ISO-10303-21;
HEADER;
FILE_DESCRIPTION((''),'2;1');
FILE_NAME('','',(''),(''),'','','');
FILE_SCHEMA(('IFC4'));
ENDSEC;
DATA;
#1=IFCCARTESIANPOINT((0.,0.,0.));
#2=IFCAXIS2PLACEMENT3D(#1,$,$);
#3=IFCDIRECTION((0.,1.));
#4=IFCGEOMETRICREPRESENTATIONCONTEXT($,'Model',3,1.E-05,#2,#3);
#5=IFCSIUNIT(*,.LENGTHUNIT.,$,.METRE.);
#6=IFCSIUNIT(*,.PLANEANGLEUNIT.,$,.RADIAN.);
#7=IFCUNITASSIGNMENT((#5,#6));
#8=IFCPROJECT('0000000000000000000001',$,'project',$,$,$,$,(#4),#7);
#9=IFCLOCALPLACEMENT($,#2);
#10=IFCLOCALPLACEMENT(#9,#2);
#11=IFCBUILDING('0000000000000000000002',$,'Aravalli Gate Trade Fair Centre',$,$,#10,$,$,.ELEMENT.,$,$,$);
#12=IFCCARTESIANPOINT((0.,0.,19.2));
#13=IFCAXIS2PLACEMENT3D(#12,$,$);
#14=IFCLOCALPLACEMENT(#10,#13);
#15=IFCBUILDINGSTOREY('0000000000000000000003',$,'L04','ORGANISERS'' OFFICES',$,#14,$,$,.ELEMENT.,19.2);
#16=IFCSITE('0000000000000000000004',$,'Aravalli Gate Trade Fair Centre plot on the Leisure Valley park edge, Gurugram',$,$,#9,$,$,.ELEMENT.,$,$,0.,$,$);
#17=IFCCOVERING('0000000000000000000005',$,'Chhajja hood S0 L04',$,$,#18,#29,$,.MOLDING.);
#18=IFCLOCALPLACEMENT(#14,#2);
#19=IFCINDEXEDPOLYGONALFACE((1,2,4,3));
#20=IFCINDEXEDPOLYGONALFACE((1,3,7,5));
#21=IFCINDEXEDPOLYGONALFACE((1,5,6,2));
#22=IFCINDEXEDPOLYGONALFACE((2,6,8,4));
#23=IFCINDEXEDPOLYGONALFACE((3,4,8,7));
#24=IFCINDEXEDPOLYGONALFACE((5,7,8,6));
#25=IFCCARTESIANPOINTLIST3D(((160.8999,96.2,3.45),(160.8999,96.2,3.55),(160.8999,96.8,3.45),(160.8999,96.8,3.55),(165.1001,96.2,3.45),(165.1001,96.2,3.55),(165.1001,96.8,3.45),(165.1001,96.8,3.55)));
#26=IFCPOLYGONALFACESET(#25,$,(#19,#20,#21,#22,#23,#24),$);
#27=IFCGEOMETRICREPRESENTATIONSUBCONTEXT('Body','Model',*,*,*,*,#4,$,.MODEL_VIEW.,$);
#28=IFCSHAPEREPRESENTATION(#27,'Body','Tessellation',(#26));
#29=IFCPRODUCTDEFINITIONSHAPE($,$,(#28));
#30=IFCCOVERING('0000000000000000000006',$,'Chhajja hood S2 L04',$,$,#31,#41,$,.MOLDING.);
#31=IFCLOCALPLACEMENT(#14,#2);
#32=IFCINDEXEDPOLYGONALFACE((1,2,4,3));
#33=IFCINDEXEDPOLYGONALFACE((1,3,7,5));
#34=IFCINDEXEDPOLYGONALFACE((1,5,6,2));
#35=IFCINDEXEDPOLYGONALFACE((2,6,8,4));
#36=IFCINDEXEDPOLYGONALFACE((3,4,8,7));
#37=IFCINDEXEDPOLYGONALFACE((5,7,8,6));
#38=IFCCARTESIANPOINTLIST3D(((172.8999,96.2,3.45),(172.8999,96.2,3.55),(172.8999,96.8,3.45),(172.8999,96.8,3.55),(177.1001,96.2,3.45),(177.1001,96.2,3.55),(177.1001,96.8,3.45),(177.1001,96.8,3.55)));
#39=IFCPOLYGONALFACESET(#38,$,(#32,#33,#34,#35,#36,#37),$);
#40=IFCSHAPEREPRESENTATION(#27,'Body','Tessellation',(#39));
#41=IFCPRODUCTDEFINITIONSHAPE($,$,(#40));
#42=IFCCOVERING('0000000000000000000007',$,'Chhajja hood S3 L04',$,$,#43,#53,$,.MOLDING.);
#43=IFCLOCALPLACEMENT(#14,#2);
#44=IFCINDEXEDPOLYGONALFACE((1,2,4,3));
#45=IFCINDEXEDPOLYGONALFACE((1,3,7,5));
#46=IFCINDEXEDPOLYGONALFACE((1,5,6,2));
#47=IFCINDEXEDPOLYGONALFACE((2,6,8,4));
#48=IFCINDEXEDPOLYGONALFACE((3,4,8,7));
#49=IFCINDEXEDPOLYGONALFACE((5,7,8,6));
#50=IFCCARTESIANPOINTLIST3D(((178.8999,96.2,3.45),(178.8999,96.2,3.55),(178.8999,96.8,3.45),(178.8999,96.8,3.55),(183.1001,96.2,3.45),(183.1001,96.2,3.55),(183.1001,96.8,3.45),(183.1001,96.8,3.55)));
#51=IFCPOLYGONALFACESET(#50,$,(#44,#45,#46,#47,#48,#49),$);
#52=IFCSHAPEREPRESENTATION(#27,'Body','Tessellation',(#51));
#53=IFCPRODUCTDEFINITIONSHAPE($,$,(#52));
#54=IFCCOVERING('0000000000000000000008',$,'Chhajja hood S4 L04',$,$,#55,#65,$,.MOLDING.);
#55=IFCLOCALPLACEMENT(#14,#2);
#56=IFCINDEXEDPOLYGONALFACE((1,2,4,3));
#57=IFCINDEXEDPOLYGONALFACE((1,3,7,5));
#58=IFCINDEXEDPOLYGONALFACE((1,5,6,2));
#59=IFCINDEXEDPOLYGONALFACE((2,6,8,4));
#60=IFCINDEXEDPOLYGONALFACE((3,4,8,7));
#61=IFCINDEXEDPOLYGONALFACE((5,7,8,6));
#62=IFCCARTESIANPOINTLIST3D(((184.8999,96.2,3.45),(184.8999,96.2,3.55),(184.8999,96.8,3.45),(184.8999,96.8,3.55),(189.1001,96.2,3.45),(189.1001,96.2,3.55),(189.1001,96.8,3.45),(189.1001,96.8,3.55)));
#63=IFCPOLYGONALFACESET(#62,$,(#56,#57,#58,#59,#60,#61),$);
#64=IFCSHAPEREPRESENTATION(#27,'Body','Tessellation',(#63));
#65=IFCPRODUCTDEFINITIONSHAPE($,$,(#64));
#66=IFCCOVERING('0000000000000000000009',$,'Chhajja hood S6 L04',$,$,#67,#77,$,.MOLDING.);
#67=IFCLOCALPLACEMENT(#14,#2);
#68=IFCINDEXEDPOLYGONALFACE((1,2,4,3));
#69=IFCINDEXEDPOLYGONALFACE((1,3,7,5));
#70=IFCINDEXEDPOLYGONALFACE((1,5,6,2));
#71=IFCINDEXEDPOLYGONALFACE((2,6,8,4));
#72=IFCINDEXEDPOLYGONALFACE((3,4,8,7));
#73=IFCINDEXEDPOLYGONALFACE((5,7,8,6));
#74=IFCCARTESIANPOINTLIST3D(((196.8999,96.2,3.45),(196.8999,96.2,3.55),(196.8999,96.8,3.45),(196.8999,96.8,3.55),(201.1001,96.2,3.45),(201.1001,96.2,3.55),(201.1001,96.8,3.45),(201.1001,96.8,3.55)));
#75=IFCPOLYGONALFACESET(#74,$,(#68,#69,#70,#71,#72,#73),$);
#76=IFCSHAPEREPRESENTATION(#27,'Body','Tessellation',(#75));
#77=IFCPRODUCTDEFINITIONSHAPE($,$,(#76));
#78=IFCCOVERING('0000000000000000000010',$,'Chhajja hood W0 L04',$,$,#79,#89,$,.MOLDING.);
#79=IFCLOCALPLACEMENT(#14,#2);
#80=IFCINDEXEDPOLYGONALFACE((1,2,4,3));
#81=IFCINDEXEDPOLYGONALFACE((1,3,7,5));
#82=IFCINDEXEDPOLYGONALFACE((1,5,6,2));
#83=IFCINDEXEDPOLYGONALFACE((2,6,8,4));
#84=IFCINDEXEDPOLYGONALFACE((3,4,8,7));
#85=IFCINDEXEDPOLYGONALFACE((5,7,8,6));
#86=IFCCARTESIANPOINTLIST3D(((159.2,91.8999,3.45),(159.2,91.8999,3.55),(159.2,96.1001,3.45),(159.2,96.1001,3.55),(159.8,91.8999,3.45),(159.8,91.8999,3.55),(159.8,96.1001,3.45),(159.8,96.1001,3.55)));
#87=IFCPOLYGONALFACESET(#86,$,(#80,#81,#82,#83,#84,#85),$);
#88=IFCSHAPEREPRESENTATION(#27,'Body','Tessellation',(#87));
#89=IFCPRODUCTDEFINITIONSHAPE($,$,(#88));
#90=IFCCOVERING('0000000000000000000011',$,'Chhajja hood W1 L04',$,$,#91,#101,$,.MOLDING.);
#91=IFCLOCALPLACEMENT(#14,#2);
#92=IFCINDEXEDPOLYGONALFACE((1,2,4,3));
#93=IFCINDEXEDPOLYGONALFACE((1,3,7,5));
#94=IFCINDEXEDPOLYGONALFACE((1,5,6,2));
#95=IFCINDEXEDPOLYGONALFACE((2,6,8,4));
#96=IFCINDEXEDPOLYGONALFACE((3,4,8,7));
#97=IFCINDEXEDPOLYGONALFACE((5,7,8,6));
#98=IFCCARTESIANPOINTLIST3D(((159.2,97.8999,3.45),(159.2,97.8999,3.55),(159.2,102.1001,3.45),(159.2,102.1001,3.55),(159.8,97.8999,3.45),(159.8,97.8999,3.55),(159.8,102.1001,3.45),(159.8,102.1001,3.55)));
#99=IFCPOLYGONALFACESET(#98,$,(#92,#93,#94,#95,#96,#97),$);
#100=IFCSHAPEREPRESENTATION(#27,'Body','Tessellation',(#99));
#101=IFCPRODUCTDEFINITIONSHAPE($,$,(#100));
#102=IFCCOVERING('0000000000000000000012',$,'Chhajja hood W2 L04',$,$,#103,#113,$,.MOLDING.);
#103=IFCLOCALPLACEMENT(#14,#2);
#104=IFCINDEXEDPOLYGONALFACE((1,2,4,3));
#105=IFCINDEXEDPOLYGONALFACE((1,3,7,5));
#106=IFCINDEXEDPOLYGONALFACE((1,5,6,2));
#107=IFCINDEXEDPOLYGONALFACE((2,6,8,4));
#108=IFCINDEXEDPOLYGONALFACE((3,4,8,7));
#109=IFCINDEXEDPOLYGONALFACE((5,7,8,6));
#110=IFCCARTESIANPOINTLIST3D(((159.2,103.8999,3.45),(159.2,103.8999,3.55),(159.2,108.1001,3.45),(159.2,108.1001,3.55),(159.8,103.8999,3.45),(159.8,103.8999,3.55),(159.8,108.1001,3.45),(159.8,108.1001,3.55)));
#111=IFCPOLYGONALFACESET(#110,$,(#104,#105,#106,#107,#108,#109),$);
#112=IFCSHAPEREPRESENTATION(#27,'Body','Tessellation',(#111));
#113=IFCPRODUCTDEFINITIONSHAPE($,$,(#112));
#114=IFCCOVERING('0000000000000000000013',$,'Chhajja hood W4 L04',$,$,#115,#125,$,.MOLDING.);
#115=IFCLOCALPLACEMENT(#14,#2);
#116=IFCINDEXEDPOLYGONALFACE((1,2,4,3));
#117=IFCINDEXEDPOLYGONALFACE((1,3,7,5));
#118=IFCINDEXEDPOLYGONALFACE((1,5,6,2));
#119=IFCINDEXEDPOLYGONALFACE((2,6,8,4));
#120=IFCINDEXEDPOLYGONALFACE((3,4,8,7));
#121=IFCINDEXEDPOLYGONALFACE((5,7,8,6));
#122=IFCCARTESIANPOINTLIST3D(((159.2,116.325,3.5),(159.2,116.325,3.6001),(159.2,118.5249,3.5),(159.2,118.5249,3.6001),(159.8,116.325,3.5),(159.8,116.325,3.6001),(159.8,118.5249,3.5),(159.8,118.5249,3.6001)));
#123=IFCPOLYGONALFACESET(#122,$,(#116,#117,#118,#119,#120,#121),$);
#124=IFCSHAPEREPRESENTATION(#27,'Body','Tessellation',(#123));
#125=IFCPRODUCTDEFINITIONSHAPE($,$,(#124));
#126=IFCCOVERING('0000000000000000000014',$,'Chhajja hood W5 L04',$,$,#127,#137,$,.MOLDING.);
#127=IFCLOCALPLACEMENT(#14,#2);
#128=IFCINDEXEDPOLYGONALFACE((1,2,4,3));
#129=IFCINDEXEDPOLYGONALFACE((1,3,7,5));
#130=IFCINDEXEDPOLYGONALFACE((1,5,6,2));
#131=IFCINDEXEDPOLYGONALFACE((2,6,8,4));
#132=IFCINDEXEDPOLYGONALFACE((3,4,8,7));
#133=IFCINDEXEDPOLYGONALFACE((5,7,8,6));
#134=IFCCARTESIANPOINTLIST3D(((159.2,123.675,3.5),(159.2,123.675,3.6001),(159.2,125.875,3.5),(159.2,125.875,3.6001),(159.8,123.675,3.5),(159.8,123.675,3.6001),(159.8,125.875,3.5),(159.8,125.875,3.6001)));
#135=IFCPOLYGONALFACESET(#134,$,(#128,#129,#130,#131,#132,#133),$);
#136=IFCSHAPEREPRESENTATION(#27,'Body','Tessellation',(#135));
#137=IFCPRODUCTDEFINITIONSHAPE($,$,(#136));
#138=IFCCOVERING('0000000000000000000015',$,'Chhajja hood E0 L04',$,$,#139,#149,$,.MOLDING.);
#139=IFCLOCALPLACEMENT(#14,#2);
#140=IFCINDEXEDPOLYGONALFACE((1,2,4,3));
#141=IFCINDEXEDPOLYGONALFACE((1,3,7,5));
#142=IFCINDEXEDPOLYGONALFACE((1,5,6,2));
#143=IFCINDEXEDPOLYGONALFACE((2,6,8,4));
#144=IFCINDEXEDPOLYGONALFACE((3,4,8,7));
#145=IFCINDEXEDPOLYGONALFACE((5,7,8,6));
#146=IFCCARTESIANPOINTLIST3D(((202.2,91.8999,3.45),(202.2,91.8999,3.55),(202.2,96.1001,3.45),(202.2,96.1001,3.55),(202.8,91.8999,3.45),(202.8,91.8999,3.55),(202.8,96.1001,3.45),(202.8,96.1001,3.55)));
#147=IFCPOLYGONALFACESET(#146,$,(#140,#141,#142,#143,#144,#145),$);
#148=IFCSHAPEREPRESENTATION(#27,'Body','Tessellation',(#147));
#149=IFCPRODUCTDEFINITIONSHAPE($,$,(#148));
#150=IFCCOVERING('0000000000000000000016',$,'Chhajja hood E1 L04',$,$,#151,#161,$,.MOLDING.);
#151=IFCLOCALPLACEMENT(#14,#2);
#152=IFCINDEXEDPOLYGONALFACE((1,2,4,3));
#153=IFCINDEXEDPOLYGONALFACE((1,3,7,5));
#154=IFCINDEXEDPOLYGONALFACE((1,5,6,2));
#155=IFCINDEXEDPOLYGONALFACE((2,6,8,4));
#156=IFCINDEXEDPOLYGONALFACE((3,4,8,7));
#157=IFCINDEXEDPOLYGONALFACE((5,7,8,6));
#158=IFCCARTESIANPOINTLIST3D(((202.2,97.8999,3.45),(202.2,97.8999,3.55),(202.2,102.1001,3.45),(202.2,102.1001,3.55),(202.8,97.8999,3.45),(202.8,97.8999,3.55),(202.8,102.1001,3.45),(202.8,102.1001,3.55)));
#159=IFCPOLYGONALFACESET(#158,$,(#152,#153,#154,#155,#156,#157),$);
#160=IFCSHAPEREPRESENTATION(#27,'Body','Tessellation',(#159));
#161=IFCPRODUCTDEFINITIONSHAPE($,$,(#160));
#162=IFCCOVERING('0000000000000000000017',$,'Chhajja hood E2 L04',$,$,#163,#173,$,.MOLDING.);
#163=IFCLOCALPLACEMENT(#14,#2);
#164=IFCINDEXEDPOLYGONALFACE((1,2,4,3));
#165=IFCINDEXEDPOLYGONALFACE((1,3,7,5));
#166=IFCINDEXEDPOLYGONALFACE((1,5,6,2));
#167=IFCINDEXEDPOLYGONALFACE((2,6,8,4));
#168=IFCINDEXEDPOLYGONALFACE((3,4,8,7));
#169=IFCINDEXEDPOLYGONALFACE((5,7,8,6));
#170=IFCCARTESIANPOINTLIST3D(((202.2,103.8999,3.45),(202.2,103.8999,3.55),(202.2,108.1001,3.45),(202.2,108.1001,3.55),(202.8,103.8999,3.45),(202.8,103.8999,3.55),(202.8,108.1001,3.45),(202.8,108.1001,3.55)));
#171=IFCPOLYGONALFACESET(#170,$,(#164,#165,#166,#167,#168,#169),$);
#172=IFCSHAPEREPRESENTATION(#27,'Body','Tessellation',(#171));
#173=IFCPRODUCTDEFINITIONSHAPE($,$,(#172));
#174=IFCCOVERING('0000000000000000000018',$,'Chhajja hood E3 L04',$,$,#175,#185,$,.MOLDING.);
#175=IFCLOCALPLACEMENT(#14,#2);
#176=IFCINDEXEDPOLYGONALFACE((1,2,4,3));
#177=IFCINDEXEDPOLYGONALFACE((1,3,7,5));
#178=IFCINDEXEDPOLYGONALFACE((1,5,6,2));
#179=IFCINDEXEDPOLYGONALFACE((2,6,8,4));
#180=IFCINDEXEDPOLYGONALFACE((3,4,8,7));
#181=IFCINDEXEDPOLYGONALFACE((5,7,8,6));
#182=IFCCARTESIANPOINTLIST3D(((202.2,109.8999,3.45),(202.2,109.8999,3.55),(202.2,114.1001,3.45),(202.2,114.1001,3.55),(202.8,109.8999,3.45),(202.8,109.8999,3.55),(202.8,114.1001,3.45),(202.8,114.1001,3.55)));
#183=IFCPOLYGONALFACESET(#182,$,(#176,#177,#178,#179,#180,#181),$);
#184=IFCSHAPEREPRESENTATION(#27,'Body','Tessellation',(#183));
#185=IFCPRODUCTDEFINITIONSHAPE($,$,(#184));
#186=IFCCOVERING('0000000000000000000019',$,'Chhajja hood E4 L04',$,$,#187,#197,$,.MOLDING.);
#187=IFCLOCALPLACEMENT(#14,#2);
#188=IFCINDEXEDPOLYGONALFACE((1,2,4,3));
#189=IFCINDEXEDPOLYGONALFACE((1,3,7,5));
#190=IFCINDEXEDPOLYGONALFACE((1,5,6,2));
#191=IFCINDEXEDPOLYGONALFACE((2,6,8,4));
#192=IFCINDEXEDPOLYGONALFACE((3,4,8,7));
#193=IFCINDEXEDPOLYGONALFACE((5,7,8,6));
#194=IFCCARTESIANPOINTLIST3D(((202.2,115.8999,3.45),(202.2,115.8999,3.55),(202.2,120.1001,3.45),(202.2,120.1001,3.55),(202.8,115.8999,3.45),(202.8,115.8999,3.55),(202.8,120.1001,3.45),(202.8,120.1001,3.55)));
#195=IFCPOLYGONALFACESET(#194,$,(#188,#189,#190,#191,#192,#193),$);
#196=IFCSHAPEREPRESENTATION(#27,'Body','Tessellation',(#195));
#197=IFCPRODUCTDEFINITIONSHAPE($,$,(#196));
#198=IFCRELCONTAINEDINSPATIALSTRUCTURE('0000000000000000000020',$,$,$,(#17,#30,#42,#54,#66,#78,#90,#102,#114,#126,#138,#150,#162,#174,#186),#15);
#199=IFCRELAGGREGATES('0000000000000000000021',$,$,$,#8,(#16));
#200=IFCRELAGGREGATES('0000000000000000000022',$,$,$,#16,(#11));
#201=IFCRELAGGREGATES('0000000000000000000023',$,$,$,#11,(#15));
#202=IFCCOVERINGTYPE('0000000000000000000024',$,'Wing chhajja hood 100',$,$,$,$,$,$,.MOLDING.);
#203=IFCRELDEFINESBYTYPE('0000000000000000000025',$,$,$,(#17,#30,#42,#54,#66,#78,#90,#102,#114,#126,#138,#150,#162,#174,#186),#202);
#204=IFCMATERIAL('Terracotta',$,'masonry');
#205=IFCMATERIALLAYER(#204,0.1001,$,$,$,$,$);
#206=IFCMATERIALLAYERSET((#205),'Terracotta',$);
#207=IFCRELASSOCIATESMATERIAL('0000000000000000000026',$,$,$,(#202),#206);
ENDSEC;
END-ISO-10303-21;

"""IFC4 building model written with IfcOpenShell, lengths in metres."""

from ifc_helpers import new_model, si_unit, direction, frame, origin, place, context, subcontext, project, spatial, polyline, outline, extrude, material, layer, layer_set, type_object, element, save


model = new_model("IFC4")

# Units and contexts
model_context = context("Model", 3, precision=1e-05, world=origin(), true_north=direction((0.0, 1.0)))
body_context = subcontext(model_context, "Body", "Model", "MODEL_VIEW")
ifc_project = project(units=[si_unit("LENGTHUNIT", "METRE"), si_unit("PLANEANGLEUNIT", "RADIAN")], contexts=[model_context])

# Site, building, storey
site_placement = place(None, origin())
site = spatial("IfcSite", under=ifc_project, at=site_placement, Name="Aravalli Gate Trade Fair Centre plot on the Leisure Valley park edge, Gurugram", CompositionType="ELEMENT", RefElevation=0.0)
building_placement = place(site_placement, origin())
building = spatial("IfcBuilding", under=site, at=building_placement, Name="Aravalli Gate Trade Fair Centre", CompositionType="ELEMENT")
storey_placement = place(building_placement, frame((0.0, 0.0, 19.2)))
storey = spatial("IfcBuildingStorey", under=building, at=storey_placement, Name="L04", Description="ORGANISERS' OFFICES", CompositionType="ELEMENT", Elevation=19.2)

# Coverings
ifc_material_1 = material(Name="Terracotta", Category="masonry")
ifc_layer_1 = layer(ifc_material_1, 0.1001)
ifc_layer_set_1 = layer_set([ifc_layer_1], Name="Terracotta")
covering_type_1 = type_object("IfcCoveringType", Name="Wing chhajja hood 100", PredefinedType="MOLDING", material=ifc_layer_set_1)
covering_1_placement = place(storey_placement, frame((0.0, 0.0, 3.45)))
element("IfcCovering", 1, at=covering_1_placement, inside=storey, type_object=covering_type_1, Name="Chhajja hood S0 L04", PredefinedType="MOLDING", context=body_context, shape_type="SweptSolid", body=[
    extrude(outline(polyline([(160.8999, 96.2), (165.1001, 96.2), (165.1001, 96.8), (160.8999, 96.8), (160.8999, 96.2)])), origin(), (0.0, 0.0, 1.0), 0.1001),
])
covering_2_placement = place(storey_placement, frame((0.0, 0.0, 3.45)))
element("IfcCovering", 2, at=covering_2_placement, inside=storey, type_object=covering_type_1, Name="Chhajja hood S2 L04", PredefinedType="MOLDING", context=body_context, shape_type="SweptSolid", body=[
    extrude(outline(polyline([(172.8999, 96.2), (177.1001, 96.2), (177.1001, 96.8), (172.8999, 96.8), (172.8999, 96.2)])), origin(), (0.0, 0.0, 1.0), 0.1001),
])
covering_3_placement = place(storey_placement, frame((0.0, 0.0, 3.45)))
element("IfcCovering", 3, at=covering_3_placement, inside=storey, type_object=covering_type_1, Name="Chhajja hood S3 L04", PredefinedType="MOLDING", context=body_context, shape_type="SweptSolid", body=[
    extrude(outline(polyline([(178.8999, 96.2), (183.1001, 96.2), (183.1001, 96.8), (178.8999, 96.8), (178.8999, 96.2)])), origin(), (0.0, 0.0, 1.0), 0.1001),
])
covering_4_placement = place(storey_placement, frame((0.0, 0.0, 3.45)))
element("IfcCovering", 4, at=covering_4_placement, inside=storey, type_object=covering_type_1, Name="Chhajja hood S4 L04", PredefinedType="MOLDING", context=body_context, shape_type="SweptSolid", body=[
    extrude(outline(polyline([(184.8999, 96.2), (189.1001, 96.2), (189.1001, 96.8), (184.8999, 96.8), (184.8999, 96.2)])), origin(), (0.0, 0.0, 1.0), 0.1001),
])
covering_5_placement = place(storey_placement, frame((0.0, 0.0, 3.45)))
element("IfcCovering", 5, at=covering_5_placement, inside=storey, type_object=covering_type_1, Name="Chhajja hood S6 L04", PredefinedType="MOLDING", context=body_context, shape_type="SweptSolid", body=[
    extrude(outline(polyline([(196.8999, 96.2), (201.1001, 96.2), (201.1001, 96.8), (196.8999, 96.8), (196.8999, 96.2)])), origin(), (0.0, 0.0, 1.0), 0.1001),
])
covering_6_placement = place(storey_placement, frame((0.0, 0.0, 3.45)))
element("IfcCovering", 6, at=covering_6_placement, inside=storey, type_object=covering_type_1, Name="Chhajja hood W0 L04", PredefinedType="MOLDING", context=body_context, shape_type="SweptSolid", body=[
    extrude(outline(polyline([(159.2, 91.8999), (159.8, 91.8999), (159.8, 96.1001), (159.2, 96.1001), (159.2, 91.8999)])), origin(), (0.0, 0.0, 1.0), 0.1001),
])
covering_7_placement = place(storey_placement, frame((0.0, 0.0, 3.45)))
element("IfcCovering", 7, at=covering_7_placement, inside=storey, type_object=covering_type_1, Name="Chhajja hood W1 L04", PredefinedType="MOLDING", context=body_context, shape_type="SweptSolid", body=[
    extrude(outline(polyline([(159.2, 97.8999), (159.8, 97.8999), (159.8, 102.1001), (159.2, 102.1001), (159.2, 97.8999)])), origin(), (0.0, 0.0, 1.0), 0.1001),
])
covering_8_placement = place(storey_placement, frame((0.0, 0.0, 3.45)))
element("IfcCovering", 8, at=covering_8_placement, inside=storey, type_object=covering_type_1, Name="Chhajja hood W2 L04", PredefinedType="MOLDING", context=body_context, shape_type="SweptSolid", body=[
    extrude(outline(polyline([(159.2, 103.8999), (159.8, 103.8999), (159.8, 108.1001), (159.2, 108.1001), (159.2, 103.8999)])), origin(), (0.0, 0.0, 1.0), 0.1001),
])
covering_9_placement = place(storey_placement, frame((0.0, 0.0, 3.5)))
element("IfcCovering", 9, at=covering_9_placement, inside=storey, type_object=covering_type_1, Name="Chhajja hood W4 L04", PredefinedType="MOLDING", context=body_context, shape_type="SweptSolid", body=[
    extrude(outline(polyline([(159.2, 116.325), (159.8, 116.325), (159.8, 118.5249), (159.2, 118.5249), (159.2, 116.325)])), origin(), (0.0, 0.0, 1.0), 0.1001),
])
covering_10_placement = place(storey_placement, frame((0.0, 0.0, 3.5)))
element("IfcCovering", 10, at=covering_10_placement, inside=storey, type_object=covering_type_1, Name="Chhajja hood W5 L04", PredefinedType="MOLDING", context=body_context, shape_type="SweptSolid", body=[
    extrude(outline(polyline([(159.2, 123.675), (159.8, 123.675), (159.8, 125.875), (159.2, 125.875), (159.2, 123.675)])), origin(), (0.0, 0.0, 1.0), 0.1001),
])
covering_11_placement = place(storey_placement, frame((0.0, 0.0, 3.45)))
element("IfcCovering", 11, at=covering_11_placement, inside=storey, type_object=covering_type_1, Name="Chhajja hood E0 L04", PredefinedType="MOLDING", context=body_context, shape_type="SweptSolid", body=[
    extrude(outline(polyline([(202.2, 91.8999), (202.8, 91.8999), (202.8, 96.1001), (202.2, 96.1001), (202.2, 91.8999)])), origin(), (0.0, 0.0, 1.0), 0.1001),
])
covering_12_placement = place(storey_placement, frame((0.0, 0.0, 3.45)))
element("IfcCovering", 12, at=covering_12_placement, inside=storey, type_object=covering_type_1, Name="Chhajja hood E1 L04", PredefinedType="MOLDING", context=body_context, shape_type="SweptSolid", body=[
    extrude(outline(polyline([(202.2, 97.8999), (202.8, 97.8999), (202.8, 102.1001), (202.2, 102.1001), (202.2, 97.8999)])), origin(), (0.0, 0.0, 1.0), 0.1001),
])
covering_13_placement = place(storey_placement, frame((0.0, 0.0, 3.45)))
element("IfcCovering", 13, at=covering_13_placement, inside=storey, type_object=covering_type_1, Name="Chhajja hood E2 L04", PredefinedType="MOLDING", context=body_context, shape_type="SweptSolid", body=[
    extrude(outline(polyline([(202.2, 103.8999), (202.8, 103.8999), (202.8, 108.1001), (202.2, 108.1001), (202.2, 103.8999)])), origin(), (0.0, 0.0, 1.0), 0.1001),
])
covering_14_placement = place(storey_placement, frame((0.0, 0.0, 3.45)))
element("IfcCovering", 14, at=covering_14_placement, inside=storey, type_object=covering_type_1, Name="Chhajja hood E3 L04", PredefinedType="MOLDING", context=body_context, shape_type="SweptSolid", body=[
    extrude(outline(polyline([(202.2, 109.8999), (202.8, 109.8999), (202.8, 114.1001), (202.2, 114.1001), (202.2, 109.8999)])), origin(), (0.0, 0.0, 1.0), 0.1001),
])
covering_15_placement = place(storey_placement, frame((0.0, 0.0, 3.45)))
element("IfcCovering", 15, at=covering_15_placement, inside=storey, type_object=covering_type_1, Name="Chhajja hood E4 L04", PredefinedType="MOLDING", context=body_context, shape_type="SweptSolid", body=[
    extrude(outline(polyline([(202.2, 115.8999), (202.8, 115.8999), (202.8, 120.1001), (202.2, 120.1001), (202.2, 115.8999)])), origin(), (0.0, 0.0, 1.0), 0.1001),
])

save(model, "model.ifc")
